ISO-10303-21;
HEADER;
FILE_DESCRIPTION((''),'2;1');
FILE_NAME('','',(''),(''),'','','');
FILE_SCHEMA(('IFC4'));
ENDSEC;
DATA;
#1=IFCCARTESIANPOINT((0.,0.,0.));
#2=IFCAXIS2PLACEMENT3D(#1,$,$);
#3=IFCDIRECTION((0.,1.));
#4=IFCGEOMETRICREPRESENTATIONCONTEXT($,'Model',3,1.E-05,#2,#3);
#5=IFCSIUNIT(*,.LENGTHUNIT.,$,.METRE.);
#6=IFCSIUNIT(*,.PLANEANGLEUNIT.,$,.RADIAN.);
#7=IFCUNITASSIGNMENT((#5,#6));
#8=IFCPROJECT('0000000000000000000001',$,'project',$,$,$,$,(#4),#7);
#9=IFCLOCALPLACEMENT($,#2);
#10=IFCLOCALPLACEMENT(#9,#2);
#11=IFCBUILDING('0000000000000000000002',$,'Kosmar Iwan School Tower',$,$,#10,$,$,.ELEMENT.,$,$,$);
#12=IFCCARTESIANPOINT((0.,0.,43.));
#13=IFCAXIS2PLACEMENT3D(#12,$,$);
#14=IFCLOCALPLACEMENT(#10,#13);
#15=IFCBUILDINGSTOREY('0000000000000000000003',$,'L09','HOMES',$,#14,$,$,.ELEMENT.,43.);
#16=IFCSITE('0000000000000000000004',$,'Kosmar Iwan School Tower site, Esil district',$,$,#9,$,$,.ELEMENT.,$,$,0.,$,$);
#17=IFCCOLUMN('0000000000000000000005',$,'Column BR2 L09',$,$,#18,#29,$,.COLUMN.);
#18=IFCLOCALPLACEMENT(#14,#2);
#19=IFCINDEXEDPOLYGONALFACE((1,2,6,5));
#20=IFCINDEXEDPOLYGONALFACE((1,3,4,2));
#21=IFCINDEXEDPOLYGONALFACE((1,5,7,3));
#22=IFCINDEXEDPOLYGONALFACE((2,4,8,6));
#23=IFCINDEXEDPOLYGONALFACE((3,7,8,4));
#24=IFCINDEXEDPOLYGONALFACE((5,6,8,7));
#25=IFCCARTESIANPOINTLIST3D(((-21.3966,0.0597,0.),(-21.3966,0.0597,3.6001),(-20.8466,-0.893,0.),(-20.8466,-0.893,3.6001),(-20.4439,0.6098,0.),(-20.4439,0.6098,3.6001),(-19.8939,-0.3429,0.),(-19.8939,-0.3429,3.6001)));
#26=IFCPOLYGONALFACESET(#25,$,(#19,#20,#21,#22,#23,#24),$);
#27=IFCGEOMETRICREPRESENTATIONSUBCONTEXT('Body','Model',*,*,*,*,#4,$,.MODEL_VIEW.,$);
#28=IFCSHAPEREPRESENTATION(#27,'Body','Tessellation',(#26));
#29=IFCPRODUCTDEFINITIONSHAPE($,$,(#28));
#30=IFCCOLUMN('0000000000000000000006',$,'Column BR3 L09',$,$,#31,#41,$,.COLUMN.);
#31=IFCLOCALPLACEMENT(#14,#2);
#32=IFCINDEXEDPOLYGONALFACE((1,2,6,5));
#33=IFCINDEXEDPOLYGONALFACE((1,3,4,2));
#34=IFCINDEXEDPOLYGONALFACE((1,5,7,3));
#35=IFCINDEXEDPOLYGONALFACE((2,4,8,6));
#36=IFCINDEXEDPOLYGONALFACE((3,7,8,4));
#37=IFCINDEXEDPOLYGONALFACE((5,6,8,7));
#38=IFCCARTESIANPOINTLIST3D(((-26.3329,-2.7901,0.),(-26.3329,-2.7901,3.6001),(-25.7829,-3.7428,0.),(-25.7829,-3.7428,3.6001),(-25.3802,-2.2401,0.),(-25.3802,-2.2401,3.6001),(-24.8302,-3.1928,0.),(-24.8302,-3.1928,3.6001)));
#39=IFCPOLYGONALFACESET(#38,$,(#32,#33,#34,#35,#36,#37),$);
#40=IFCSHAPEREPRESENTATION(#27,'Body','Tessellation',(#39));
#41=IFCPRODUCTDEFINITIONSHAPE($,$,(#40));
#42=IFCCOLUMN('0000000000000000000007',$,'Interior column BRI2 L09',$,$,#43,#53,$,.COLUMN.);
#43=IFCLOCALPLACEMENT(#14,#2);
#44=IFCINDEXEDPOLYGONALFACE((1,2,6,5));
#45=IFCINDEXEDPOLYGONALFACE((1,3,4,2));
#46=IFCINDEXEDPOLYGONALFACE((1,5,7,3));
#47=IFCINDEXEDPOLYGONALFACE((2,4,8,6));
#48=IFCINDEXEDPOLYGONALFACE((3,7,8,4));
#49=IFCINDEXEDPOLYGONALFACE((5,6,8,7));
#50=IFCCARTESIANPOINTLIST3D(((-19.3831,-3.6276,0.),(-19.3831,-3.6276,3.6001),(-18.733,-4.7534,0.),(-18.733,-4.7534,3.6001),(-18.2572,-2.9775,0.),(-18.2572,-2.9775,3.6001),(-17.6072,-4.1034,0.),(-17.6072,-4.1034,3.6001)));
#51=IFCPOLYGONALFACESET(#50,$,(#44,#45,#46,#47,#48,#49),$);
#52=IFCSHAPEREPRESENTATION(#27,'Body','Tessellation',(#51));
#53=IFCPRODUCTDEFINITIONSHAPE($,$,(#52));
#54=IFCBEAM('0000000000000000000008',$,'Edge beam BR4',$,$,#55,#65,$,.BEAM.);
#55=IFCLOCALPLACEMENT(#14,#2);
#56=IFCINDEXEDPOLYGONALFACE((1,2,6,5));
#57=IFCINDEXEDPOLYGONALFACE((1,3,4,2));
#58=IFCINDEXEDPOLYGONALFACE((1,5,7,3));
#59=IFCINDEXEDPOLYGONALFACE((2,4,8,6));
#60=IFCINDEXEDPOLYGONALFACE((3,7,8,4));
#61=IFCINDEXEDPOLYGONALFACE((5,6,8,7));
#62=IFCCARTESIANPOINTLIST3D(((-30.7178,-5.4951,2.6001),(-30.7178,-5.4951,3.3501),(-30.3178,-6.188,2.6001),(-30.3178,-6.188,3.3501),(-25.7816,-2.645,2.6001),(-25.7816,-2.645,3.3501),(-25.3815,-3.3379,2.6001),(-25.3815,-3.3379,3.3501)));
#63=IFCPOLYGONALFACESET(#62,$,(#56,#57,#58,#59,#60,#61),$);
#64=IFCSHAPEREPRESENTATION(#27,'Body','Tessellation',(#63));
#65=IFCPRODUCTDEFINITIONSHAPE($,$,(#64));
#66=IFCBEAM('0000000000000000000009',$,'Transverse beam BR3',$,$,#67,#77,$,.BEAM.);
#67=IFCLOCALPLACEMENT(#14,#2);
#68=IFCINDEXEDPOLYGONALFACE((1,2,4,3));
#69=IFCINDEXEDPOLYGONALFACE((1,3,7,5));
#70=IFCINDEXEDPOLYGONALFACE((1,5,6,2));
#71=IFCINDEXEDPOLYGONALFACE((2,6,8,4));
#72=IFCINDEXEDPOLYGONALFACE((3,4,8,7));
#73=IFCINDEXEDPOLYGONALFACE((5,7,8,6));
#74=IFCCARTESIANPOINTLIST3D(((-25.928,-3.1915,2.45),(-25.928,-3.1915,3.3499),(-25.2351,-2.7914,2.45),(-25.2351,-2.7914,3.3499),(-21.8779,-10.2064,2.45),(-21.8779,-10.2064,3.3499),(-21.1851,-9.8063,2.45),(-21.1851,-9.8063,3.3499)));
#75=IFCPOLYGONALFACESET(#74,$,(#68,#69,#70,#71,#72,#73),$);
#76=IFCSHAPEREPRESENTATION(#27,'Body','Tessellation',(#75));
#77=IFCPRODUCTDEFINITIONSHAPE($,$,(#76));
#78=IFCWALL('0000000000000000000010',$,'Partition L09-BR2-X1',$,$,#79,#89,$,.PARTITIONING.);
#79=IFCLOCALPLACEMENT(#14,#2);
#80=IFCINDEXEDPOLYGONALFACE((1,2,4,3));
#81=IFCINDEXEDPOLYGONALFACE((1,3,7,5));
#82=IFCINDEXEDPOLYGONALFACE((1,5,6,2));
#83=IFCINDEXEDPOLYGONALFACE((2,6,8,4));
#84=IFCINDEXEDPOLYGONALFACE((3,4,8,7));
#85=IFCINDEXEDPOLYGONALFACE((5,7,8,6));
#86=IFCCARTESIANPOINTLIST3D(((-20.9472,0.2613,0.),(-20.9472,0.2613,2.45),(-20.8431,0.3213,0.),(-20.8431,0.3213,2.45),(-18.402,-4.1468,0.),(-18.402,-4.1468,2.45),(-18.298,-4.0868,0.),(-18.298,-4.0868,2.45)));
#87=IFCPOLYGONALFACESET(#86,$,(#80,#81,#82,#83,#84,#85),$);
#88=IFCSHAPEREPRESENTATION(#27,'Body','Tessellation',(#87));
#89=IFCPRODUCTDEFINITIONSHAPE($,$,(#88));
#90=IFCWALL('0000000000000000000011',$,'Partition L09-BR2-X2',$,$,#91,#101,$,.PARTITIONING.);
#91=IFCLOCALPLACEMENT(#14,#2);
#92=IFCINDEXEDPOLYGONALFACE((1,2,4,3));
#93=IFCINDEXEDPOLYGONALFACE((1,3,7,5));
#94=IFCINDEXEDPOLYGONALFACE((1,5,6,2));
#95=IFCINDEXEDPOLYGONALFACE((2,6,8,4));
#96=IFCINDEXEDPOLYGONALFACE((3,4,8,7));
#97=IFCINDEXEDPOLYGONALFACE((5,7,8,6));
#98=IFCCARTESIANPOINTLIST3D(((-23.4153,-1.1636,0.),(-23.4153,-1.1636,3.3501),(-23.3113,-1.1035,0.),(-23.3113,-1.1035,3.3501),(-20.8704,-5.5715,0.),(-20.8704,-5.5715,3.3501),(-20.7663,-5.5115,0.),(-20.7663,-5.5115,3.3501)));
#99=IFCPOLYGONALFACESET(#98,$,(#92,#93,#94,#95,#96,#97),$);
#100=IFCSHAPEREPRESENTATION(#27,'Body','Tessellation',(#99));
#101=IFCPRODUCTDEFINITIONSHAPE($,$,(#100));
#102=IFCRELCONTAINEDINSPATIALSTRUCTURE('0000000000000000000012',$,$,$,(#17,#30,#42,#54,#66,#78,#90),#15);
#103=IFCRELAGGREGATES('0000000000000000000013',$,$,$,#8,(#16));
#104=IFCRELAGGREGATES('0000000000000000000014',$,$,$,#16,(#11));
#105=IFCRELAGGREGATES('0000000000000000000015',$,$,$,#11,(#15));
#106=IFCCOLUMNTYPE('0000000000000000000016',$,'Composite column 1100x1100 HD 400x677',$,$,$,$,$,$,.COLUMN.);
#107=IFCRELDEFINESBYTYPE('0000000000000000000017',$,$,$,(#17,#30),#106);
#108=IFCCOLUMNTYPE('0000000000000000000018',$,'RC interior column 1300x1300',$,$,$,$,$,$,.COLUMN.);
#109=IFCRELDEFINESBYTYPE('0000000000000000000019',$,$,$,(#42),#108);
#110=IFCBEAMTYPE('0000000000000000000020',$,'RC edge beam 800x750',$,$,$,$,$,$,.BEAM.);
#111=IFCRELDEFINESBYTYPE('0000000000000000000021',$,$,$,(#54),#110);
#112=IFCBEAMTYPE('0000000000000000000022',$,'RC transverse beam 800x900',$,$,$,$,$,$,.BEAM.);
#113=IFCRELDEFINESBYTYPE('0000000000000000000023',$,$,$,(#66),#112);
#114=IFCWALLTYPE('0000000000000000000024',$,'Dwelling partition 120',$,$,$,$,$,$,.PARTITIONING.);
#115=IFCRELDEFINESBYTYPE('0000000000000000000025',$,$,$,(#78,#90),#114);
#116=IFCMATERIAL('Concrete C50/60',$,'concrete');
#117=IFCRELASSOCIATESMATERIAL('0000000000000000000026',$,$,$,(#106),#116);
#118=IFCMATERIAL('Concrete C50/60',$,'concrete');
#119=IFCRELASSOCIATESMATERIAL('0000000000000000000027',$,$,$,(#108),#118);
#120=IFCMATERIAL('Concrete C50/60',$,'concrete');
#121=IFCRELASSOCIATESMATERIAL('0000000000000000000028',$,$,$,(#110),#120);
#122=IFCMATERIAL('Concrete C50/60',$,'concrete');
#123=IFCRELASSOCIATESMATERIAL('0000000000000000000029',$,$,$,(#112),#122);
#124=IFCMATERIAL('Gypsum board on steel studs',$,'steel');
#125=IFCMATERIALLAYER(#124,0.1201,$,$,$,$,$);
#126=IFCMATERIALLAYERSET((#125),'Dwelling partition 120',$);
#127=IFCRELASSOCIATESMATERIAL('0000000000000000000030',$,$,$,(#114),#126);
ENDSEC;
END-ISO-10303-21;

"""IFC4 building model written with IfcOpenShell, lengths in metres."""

from ifc_helpers import new_model, si_unit, direction, frame, frame_2d, origin, origin_2d, place, context, subcontext, project, spatial, rectangle, extrude, material, layer, layer_set, material_profile, profile_set, type_object, element, save


model = new_model("IFC4")

# Units and contexts
model_context = context("Model", 3, precision=1e-05, world=origin(), true_north=direction((0.0, 1.0)))
body_context = subcontext(model_context, "Body", "Model", "MODEL_VIEW")
ifc_project = project(units=[si_unit("LENGTHUNIT", "METRE"), si_unit("PLANEANGLEUNIT", "RADIAN")], contexts=[model_context])

# Site, building, storey
site_placement = place(None, origin())
site = spatial("IfcSite", under=ifc_project, at=site_placement, Name="Kosmar Iwan School Tower site, Esil district", CompositionType="ELEMENT", RefElevation=0.0)
building_placement = place(site_placement, origin())
building = spatial("IfcBuilding", under=site, at=building_placement, Name="Kosmar Iwan School Tower", CompositionType="ELEMENT")
storey_placement = place(building_placement, frame((0.0, 0.0, 43.0)))
storey = spatial("IfcBuildingStorey", under=building, at=storey_placement, Name="L09", Description="HOMES", CompositionType="ELEMENT", Elevation=43.0)

# Columns
ifc_material_1 = material(Name="Concrete C50/60", Category="concrete")
ifc_material_profile_1 = material_profile(ifc_material_1, rectangle(XDim=1.1001, YDim=1.1001, at=origin_2d()), Name="RC 1100x1100 + HD 400x677")
ifc_profile_set_1 = profile_set([ifc_material_profile_1], Name="Concrete C50/60")
column_type_1 = type_object("IfcColumnType", Name="Composite column 1100x1100 HD 400x677", PredefinedType="COLUMN", material=ifc_profile_set_1)
for number, where, z_axis, x_axis, name in (
    (1, (-20.6453, -0.1416, 0.0), (0.0, 0.0, 1.0), (-0.866025, -0.5, 0.0), "Column BR2 L09"),
    (2, (-25.5815, -2.9915, 0.0), (0.0, 0.0, 1.0), (-0.866025, -0.5, 0.0), "Column BR3 L09"),
):
    element("IfcColumn", number, at=place(storey_placement, frame(where, z_axis=z_axis, x_axis=x_axis)), inside=storey, type_object=column_type_1, Name=name, PredefinedType="COLUMN", context=body_context, shape_type="SweptSolid", body=[
        extrude(rectangle(XDim=1.1001, YDim=1.1001, at=origin_2d()), origin(), (0.0, 0.0, 1.0), 3.6001),
    ])
ifc_material_2 = material(Name="Concrete C50/60", Category="concrete")
ifc_material_profile_2 = material_profile(ifc_material_2, rectangle(XDim=1.3, YDim=1.3, at=origin_2d()), Name="RC 1300x1300")
ifc_profile_set_2 = profile_set([ifc_material_profile_2], Name="Concrete C50/60")
column_type_2 = type_object("IfcColumnType", Name="RC interior column 1300x1300", PredefinedType="COLUMN", material=ifc_profile_set_2)
column_placement = place(storey_placement, frame((-18.4951, -3.8655, 0.0), z_axis=(0.0, 0.0, 1.0), x_axis=(-0.866025, -0.5, 0.0)))
element("IfcColumn", 3, at=column_placement, inside=storey, type_object=column_type_2, Name="Interior column BRI2 L09", PredefinedType="COLUMN", context=body_context, shape_type="SweptSolid", body=[
    extrude(rectangle(XDim=1.3, YDim=1.3, at=origin_2d()), origin(), (0.0, 0.0, 1.0), 3.6001),
])

# Beams
ifc_material_3 = material(Name="Concrete C50/60", Category="concrete")
ifc_material_profile_3 = material_profile(ifc_material_3, rectangle(XDim=0.8, YDim=0.75, at=origin_2d()), Name="RC 800x750")
ifc_profile_set_3 = profile_set([ifc_material_profile_3], Name="Concrete C50/60")
beam_type_1 = type_object("IfcBeamType", Name="RC edge beam 800x750", PredefinedType="BEAM", material=ifc_profile_set_3)
beam_1_placement = place(storey_placement, frame((-25.5815, -2.9915, 2.9751), z_axis=(-0.866015, -0.500018, 0.0), x_axis=(0.500018, -0.866015, 0.0)))
element("IfcBeam", 4, at=beam_1_placement, inside=storey, type_object=beam_type_1, Name="Edge beam BR4", PredefinedType="BEAM", context=body_context, shape_type="SweptSolid", body=[
    extrude(rectangle(XDim=0.8, YDim=0.75, at=origin_2d()), origin(), (0.0, 0.0, 1.0), 5.7),
])
ifc_material_4 = material(Name="Concrete C50/60", Category="concrete")
ifc_material_profile_4 = material_profile(ifc_material_4, rectangle(XDim=0.8, YDim=0.8999, at=origin_2d()), Name="RC 800x900")
ifc_profile_set_4 = profile_set([ifc_material_profile_4], Name="Concrete C50/60")
beam_type_2 = type_object("IfcBeamType", Name="RC transverse beam 800x900", PredefinedType="BEAM", material=ifc_profile_set_4)
beam_2_placement = place(storey_placement, frame((-25.5815, -2.9915, 2.8999), z_axis=(0.5, -0.866025, 0.0), x_axis=(0.866025, 0.5, 0.0)))
element("IfcBeam", 5, at=beam_2_placement, inside=storey, type_object=beam_type_2, Name="Transverse beam BR3", PredefinedType="BEAM", context=body_context, shape_type="SweptSolid", body=[
    extrude(rectangle(XDim=0.8, YDim=0.8999, at=origin_2d()), origin(), (0.0, 0.0, 1.0), 8.1001),
])

# Walls
ifc_material_5 = material(Name="Gypsum board on steel studs", Category="steel")
ifc_layer = layer(ifc_material_5, 0.1201)
ifc_layer_set = layer_set([ifc_layer], Name="Dwelling partition 120")
wall_type = type_object("IfcWallType", Name="Dwelling partition 120", PredefinedType="PARTITIONING", material=ifc_layer_set)
wall_1_placement = place(storey_placement, frame((-18.3501, -4.1167, 0.0), z_axis=(0.0, 0.0, 1.0), x_axis=(-0.500013, 0.866018, 0.0)))
element("IfcWall", 6, at=wall_1_placement, inside=storey, type_object=wall_type, Name="Partition L09-BR2-X1", PredefinedType="PARTITIONING", context=body_context, shape_type="SweptSolid", body=[
    extrude(rectangle(XDim=5.0901, YDim=0.1201, at=frame_2d((2.5449, 0.0))), origin(), (0.0, 0.0, 1.0), 2.45),
])
wall_2_placement = place(storey_placement, frame((-20.8184, -5.5415, 0.0), z_axis=(0.0, 0.0, 1.0), x_axis=(-0.499998, 0.866027, 0.0)))
element("IfcWall", 7, at=wall_2_placement, inside=storey, type_object=wall_type, Name="Partition L09-BR2-X2", PredefinedType="PARTITIONING", context=body_context, shape_type="SweptSolid", body=[
    extrude(rectangle(XDim=5.0898, YDim=0.1201, at=frame_2d((2.5449, 0.0))), origin(), (0.0, 0.0, 1.0), 3.3501),
])

save(model, "model.ifc")
